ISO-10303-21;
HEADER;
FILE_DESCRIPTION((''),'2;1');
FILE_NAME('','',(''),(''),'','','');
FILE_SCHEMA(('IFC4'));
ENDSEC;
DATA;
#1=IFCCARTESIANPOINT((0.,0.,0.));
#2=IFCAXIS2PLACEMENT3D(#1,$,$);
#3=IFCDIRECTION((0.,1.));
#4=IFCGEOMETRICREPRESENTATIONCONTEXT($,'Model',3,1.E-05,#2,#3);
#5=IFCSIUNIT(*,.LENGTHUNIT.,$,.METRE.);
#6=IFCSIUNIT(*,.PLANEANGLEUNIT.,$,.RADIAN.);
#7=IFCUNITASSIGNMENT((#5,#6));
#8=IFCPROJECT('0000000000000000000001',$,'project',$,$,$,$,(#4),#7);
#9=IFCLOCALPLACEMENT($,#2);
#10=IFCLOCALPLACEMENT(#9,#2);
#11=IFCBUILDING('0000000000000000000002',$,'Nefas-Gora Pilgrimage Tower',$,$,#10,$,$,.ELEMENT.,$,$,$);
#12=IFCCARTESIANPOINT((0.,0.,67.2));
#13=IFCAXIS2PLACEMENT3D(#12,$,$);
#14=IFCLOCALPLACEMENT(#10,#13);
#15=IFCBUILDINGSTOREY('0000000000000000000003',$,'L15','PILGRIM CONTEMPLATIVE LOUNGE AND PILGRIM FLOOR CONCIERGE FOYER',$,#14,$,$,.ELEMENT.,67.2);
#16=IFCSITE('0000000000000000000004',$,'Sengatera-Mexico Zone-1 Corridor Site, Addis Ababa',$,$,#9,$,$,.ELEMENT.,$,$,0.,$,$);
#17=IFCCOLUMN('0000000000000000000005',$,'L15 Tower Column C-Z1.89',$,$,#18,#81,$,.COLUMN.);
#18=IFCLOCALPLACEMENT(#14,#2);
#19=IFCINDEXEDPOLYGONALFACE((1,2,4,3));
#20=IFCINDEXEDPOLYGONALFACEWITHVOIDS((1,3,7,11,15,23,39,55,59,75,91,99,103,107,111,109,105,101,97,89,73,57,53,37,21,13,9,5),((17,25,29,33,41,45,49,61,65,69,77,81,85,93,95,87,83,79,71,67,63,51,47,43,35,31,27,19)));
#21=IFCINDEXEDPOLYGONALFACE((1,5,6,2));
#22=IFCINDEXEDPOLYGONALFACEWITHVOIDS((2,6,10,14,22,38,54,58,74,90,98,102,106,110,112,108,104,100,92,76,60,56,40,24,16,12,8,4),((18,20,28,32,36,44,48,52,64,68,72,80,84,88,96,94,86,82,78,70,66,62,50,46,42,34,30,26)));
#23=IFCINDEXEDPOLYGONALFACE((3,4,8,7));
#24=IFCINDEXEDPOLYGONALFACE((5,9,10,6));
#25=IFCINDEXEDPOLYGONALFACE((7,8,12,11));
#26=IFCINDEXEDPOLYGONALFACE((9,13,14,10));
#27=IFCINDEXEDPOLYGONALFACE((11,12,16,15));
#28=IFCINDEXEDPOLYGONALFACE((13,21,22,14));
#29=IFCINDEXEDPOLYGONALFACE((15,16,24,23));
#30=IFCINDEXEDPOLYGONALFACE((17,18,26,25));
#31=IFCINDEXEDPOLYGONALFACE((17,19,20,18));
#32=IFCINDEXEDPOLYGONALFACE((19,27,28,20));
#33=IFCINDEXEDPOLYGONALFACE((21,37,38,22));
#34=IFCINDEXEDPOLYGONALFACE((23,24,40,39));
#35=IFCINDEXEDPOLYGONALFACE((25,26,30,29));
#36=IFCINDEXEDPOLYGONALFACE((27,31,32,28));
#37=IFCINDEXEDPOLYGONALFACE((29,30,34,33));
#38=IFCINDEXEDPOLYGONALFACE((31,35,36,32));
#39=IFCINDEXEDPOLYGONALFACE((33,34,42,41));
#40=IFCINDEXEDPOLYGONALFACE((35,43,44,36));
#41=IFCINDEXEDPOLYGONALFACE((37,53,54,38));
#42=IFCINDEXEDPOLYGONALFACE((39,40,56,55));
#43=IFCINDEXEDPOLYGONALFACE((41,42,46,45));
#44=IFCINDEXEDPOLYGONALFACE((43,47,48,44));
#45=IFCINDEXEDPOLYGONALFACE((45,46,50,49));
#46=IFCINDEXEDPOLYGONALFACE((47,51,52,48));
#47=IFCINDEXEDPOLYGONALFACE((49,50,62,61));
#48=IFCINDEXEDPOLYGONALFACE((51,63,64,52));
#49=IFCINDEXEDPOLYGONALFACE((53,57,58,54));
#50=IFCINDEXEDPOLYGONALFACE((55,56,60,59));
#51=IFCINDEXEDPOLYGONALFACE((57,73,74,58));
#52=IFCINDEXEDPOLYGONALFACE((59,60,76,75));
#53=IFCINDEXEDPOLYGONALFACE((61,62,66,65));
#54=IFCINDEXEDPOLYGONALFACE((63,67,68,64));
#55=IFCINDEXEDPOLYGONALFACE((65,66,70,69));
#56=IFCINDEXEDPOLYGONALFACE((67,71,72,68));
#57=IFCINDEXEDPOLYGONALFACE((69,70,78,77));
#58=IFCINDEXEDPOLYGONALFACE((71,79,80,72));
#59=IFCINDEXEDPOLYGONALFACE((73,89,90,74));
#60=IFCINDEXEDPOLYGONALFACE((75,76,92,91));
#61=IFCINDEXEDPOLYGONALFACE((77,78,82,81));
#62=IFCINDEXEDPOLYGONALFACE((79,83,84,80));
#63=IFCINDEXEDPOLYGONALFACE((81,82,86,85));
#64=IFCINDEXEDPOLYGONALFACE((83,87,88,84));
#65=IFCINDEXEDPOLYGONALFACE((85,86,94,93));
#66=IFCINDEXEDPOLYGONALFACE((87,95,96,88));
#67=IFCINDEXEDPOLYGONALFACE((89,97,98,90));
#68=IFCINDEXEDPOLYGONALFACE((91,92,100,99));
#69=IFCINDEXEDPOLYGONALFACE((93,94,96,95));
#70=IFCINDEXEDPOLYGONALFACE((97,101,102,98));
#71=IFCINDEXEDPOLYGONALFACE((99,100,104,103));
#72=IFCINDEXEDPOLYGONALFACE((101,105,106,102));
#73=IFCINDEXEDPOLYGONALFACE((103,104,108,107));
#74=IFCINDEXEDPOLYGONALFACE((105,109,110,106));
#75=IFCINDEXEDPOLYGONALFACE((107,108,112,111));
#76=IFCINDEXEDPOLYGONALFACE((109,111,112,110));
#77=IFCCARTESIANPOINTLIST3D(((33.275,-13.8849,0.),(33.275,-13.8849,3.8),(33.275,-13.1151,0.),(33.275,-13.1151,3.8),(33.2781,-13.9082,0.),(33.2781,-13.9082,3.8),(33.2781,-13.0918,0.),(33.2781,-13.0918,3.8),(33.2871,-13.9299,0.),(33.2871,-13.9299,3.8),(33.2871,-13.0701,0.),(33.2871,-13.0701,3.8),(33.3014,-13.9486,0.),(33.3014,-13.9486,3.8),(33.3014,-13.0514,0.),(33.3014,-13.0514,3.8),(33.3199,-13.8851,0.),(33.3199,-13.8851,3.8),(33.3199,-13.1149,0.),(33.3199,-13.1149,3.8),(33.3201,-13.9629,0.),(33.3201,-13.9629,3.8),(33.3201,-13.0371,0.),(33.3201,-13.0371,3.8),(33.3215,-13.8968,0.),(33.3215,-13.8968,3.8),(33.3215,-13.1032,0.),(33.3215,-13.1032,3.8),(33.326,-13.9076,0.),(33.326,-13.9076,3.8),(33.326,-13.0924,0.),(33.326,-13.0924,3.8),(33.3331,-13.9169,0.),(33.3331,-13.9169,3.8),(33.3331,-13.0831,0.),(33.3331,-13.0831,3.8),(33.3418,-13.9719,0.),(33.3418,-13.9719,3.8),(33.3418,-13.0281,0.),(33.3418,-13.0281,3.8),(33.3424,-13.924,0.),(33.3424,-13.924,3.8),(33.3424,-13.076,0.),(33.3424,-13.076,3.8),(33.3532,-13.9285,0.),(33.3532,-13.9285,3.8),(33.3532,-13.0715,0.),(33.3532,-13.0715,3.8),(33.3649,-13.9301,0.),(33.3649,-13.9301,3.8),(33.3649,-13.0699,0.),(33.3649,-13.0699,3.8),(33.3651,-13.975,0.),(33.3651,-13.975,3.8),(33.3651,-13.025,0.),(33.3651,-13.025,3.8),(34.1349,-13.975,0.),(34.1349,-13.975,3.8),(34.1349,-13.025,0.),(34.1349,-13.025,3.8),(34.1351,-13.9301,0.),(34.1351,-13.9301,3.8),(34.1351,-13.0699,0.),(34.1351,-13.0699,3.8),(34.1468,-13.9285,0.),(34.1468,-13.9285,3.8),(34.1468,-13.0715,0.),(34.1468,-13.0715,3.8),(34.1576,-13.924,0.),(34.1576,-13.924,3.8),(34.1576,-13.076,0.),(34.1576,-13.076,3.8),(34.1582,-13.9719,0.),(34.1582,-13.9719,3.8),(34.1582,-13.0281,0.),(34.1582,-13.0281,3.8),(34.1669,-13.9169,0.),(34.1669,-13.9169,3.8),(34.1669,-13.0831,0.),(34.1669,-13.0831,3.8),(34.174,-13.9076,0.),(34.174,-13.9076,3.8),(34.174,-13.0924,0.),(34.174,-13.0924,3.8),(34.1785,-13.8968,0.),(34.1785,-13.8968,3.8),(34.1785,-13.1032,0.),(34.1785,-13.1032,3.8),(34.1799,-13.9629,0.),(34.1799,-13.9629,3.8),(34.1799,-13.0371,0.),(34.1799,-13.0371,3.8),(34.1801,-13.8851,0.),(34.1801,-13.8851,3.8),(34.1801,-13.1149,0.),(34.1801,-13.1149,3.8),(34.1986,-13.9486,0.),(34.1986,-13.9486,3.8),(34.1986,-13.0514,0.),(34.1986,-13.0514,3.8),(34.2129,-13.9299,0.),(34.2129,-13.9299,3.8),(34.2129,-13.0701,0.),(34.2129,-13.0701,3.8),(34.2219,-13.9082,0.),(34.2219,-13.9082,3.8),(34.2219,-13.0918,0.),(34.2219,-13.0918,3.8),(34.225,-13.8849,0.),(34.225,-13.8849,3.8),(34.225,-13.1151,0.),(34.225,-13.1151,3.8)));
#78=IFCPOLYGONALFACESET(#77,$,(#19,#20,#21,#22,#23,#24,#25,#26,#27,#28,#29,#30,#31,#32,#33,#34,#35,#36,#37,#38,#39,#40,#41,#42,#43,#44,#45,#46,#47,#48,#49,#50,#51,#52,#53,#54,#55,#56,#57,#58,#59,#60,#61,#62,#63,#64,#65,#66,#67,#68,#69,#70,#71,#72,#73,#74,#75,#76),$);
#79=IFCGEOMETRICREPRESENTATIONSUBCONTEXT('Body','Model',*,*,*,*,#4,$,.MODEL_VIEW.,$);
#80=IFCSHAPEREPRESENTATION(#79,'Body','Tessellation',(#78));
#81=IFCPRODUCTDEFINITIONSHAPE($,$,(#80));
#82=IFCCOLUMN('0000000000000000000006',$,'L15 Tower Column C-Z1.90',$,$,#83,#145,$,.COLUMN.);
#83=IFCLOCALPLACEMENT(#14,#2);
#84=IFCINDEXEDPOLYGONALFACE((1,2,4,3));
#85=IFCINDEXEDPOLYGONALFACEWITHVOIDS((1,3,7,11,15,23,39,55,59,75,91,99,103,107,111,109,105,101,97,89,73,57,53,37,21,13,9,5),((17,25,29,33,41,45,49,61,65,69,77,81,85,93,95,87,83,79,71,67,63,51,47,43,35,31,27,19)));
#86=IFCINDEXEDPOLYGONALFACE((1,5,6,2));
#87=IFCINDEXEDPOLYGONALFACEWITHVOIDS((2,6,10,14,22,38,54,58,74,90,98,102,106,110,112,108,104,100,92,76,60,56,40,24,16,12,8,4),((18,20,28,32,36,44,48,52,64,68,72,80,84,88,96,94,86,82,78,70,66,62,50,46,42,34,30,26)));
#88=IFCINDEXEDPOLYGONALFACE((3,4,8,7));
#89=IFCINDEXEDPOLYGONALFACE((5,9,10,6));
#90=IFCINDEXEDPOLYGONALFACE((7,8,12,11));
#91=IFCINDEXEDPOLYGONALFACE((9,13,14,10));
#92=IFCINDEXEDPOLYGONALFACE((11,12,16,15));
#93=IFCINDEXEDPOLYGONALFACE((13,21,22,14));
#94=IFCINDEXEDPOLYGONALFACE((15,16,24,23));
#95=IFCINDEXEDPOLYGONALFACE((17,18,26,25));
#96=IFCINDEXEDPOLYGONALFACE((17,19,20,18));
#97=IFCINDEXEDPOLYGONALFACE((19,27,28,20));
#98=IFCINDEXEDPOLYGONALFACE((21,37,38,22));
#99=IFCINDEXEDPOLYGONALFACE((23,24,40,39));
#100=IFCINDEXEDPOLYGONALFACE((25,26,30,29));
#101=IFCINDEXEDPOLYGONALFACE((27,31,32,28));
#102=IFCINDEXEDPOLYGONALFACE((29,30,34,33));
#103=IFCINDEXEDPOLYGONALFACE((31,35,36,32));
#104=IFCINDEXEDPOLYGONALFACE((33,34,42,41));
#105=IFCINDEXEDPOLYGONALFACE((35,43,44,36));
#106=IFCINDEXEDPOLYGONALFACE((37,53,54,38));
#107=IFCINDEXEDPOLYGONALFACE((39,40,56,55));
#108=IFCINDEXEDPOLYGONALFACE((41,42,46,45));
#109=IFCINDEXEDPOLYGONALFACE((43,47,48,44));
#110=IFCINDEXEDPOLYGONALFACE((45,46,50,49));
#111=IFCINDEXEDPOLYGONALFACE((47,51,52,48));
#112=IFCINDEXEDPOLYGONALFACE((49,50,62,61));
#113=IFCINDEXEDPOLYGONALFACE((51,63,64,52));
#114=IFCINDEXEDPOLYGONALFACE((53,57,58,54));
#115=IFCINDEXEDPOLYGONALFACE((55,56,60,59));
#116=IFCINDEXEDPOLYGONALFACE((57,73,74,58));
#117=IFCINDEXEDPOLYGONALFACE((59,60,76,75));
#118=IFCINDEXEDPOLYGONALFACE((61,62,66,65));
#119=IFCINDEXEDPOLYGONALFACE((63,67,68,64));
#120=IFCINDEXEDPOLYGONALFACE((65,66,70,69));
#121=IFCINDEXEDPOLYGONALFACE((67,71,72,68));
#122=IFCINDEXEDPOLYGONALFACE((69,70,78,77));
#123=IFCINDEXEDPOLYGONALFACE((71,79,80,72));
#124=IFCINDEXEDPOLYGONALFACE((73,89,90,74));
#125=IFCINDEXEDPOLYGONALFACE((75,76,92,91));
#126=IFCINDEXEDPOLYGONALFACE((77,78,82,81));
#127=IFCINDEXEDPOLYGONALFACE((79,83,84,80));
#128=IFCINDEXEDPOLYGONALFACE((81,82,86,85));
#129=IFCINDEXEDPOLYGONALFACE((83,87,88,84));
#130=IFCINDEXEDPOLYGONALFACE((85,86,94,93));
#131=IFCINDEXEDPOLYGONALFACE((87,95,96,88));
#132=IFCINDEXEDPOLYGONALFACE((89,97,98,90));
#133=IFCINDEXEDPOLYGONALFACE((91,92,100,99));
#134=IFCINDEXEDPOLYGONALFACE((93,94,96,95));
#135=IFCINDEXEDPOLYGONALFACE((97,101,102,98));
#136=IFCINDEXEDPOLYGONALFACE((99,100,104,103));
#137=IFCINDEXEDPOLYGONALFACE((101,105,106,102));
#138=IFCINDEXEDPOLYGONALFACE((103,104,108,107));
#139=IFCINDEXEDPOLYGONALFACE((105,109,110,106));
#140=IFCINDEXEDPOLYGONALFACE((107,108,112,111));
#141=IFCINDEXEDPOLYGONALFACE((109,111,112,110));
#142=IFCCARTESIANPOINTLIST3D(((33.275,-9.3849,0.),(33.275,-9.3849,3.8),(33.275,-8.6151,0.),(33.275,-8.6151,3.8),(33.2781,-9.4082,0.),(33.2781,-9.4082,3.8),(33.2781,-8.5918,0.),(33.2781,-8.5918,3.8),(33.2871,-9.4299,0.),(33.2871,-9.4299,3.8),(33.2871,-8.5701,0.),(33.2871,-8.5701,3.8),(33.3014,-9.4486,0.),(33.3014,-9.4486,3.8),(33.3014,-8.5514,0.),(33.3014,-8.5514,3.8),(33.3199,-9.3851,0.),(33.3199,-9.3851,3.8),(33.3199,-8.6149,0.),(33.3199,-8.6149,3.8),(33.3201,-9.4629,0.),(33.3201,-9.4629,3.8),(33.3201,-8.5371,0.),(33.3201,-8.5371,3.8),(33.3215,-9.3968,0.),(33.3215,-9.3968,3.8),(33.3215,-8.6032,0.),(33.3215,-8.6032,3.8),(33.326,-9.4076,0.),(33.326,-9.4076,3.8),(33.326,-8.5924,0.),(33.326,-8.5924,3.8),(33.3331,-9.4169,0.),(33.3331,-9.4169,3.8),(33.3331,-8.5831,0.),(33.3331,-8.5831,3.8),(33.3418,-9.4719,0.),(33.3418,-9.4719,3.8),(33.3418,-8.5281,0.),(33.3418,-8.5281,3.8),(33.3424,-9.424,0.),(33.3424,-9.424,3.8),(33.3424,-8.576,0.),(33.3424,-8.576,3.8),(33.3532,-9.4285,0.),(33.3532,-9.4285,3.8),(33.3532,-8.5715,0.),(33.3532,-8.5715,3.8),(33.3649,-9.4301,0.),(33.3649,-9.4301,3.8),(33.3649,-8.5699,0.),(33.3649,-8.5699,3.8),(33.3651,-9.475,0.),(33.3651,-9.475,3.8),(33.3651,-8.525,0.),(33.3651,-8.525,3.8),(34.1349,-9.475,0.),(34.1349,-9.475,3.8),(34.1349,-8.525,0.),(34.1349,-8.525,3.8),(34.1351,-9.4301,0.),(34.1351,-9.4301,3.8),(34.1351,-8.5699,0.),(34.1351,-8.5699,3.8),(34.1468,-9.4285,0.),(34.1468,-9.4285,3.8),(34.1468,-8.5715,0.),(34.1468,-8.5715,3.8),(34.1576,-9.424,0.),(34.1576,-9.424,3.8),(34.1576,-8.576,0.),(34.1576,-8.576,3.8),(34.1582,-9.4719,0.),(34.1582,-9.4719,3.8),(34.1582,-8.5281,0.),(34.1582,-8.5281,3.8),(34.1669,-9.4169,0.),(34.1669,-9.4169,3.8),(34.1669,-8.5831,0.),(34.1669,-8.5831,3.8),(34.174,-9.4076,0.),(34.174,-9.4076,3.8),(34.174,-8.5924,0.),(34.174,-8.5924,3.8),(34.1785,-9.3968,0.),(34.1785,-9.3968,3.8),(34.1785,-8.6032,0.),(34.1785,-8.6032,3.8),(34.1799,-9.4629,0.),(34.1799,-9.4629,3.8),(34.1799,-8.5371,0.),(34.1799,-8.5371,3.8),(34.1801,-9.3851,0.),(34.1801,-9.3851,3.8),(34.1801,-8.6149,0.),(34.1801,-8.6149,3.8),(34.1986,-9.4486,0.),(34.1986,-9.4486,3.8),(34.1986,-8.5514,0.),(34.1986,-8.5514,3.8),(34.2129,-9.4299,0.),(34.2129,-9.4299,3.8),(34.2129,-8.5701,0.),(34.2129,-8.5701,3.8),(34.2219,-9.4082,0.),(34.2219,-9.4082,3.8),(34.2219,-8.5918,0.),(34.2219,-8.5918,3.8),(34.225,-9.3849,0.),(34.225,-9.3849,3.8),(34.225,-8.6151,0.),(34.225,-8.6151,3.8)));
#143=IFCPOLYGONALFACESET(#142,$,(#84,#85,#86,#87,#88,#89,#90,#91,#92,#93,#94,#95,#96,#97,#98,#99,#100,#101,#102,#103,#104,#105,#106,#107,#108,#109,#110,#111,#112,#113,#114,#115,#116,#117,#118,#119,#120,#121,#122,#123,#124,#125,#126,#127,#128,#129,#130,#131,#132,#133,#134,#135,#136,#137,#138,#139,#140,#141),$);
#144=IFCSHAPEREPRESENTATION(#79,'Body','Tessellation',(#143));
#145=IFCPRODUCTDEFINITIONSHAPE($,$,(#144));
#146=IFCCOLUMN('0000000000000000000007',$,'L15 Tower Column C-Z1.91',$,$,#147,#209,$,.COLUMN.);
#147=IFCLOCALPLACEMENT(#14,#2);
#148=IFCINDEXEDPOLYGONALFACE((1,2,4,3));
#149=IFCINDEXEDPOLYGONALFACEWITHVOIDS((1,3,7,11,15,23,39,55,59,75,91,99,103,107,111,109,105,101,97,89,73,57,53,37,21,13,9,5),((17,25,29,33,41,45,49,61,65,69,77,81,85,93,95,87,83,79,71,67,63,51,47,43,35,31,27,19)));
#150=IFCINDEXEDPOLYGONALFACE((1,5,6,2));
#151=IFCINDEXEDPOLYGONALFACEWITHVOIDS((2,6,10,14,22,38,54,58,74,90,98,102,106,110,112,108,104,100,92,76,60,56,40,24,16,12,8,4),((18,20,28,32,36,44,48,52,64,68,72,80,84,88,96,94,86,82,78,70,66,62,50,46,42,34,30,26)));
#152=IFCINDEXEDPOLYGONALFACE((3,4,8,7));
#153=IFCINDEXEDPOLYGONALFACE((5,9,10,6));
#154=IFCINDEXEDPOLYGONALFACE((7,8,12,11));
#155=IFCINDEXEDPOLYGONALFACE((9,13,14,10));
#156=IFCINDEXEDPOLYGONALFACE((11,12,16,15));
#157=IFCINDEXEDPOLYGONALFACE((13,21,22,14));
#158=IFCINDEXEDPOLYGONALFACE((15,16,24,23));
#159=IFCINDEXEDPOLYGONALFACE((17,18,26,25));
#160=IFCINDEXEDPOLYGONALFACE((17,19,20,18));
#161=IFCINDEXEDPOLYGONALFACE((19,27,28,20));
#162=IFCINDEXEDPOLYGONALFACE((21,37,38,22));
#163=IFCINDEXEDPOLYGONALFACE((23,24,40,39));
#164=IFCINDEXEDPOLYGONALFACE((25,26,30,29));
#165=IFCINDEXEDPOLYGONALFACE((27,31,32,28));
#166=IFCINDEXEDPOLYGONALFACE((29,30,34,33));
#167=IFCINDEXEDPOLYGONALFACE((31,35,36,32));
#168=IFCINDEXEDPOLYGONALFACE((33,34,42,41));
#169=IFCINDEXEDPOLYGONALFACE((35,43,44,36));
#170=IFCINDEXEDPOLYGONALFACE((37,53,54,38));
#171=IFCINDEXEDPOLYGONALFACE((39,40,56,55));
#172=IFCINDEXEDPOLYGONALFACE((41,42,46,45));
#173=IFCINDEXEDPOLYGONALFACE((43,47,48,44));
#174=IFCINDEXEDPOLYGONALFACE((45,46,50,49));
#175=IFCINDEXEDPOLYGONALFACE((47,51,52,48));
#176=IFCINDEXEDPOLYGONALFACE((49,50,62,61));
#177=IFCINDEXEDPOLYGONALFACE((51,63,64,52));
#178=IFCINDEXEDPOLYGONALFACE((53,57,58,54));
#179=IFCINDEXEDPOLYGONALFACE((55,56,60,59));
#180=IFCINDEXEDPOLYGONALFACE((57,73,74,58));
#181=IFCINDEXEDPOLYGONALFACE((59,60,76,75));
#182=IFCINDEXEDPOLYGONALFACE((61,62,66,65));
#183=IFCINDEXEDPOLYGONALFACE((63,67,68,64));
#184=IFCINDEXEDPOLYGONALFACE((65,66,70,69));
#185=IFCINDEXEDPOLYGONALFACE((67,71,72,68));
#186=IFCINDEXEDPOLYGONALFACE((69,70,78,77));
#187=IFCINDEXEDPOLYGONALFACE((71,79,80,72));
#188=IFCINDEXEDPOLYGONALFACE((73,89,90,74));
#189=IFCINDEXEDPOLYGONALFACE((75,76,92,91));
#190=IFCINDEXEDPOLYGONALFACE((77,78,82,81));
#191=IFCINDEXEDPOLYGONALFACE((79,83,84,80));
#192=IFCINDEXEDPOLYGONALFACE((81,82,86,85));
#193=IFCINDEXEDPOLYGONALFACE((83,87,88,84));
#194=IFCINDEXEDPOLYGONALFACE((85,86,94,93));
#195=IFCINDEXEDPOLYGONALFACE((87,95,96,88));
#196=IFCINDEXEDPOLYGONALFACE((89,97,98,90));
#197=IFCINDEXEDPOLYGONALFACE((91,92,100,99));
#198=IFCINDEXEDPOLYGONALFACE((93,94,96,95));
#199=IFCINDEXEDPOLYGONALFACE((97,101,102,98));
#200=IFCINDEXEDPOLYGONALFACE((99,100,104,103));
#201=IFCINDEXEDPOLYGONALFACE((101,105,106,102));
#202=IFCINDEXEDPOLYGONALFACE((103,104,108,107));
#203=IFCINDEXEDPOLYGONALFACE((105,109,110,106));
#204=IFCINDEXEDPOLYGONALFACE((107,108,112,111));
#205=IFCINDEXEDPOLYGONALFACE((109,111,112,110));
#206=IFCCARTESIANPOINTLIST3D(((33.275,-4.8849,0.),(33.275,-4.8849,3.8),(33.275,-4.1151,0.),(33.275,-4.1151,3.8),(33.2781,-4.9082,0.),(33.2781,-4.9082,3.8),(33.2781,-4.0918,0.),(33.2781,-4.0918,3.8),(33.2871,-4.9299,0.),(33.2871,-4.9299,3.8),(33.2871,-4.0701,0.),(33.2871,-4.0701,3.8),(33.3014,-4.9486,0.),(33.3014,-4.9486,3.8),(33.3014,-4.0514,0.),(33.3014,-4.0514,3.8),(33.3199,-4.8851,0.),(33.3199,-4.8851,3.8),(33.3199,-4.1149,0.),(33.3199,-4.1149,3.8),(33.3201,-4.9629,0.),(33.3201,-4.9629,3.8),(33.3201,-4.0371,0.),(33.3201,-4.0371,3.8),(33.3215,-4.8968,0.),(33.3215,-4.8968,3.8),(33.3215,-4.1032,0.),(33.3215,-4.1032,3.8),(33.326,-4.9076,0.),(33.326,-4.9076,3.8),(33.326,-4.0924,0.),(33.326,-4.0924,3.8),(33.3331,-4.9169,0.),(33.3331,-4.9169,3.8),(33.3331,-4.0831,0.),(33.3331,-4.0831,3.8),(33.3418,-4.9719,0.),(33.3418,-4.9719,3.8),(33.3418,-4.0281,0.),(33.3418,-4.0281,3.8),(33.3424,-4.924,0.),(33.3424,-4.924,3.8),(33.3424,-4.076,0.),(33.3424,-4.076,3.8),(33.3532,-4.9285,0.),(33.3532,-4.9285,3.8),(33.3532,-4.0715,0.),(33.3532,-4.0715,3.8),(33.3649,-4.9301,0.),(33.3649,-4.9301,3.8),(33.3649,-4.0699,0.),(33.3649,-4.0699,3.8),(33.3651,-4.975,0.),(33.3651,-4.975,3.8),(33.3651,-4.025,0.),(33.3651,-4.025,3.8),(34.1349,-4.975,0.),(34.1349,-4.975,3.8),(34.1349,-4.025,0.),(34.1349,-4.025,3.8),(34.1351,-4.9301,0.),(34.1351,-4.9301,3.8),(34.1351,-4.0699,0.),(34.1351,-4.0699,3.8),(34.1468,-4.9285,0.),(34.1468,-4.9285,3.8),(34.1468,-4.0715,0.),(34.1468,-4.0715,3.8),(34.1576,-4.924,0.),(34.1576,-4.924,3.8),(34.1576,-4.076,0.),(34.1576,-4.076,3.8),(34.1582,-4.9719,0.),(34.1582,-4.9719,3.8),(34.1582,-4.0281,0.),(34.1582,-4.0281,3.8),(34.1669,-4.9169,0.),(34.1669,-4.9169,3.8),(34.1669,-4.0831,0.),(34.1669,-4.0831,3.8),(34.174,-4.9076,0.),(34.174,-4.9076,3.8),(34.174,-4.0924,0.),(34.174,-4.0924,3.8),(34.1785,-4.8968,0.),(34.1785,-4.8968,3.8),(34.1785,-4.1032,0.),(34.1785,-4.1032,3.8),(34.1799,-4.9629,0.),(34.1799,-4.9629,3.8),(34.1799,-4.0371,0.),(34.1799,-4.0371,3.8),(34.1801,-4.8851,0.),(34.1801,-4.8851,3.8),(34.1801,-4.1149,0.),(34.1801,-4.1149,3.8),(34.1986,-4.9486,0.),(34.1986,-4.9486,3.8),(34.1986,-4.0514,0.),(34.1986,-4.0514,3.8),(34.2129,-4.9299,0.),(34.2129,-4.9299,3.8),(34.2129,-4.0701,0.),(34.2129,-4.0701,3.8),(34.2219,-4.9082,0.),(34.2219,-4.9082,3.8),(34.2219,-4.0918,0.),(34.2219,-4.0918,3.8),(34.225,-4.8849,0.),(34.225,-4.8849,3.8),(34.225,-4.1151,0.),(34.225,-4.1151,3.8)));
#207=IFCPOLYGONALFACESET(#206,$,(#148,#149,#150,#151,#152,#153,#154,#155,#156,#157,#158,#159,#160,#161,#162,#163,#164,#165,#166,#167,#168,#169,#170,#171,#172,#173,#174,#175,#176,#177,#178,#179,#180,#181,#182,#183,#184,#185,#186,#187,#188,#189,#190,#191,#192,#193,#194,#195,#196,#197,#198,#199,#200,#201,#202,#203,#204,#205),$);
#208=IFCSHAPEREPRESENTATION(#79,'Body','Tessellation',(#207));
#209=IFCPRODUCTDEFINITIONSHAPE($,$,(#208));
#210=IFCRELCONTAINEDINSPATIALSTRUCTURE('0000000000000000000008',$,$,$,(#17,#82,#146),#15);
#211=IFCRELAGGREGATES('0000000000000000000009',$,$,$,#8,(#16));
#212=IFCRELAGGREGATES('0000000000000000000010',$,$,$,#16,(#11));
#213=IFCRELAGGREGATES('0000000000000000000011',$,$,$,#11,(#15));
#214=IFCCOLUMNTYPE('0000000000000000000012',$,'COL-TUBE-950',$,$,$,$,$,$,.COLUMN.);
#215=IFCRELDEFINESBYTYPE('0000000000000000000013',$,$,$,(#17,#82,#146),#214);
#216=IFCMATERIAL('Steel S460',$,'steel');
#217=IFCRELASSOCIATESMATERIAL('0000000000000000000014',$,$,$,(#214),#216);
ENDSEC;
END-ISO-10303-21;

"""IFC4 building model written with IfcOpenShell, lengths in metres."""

from ifc_helpers import new_model, si_unit, direction, frame, origin, origin_2d, place, context, subcontext, project, spatial, hollow_rectangle, extrude, source, transform, mapped, material, material_profile, profile_set, type_object, element, save


model = new_model("IFC4")

# Units and contexts
model_context = context("Model", 3, precision=1e-05, world=origin(), true_north=direction((0.0, 1.0)))
body_context = subcontext(model_context, "Body", "Model", "MODEL_VIEW")
ifc_project = project(units=[si_unit("LENGTHUNIT", "METRE"), si_unit("PLANEANGLEUNIT", "RADIAN")], contexts=[model_context])

# Site, building, storey
site_placement = place(None, origin())
site = spatial("IfcSite", under=ifc_project, at=site_placement, Name="Sengatera-Mexico Zone-1 Corridor Site, Addis Ababa", CompositionType="ELEMENT", RefElevation=0.0)
building_placement = place(site_placement, origin())
building = spatial("IfcBuilding", under=site, at=building_placement, Name="Nefas-Gora Pilgrimage Tower", CompositionType="ELEMENT")
storey_placement = place(building_placement, frame((0.0, 0.0, 67.2)))
storey = spatial("IfcBuildingStorey", under=building, at=storey_placement, Name="L15", Description="PILGRIM CONTEMPLATIVE LOUNGE AND PILGRIM FLOOR CONCIERGE FOYER", CompositionType="ELEMENT", Elevation=67.2)

# Columns
ifc_material_1 = material(Name="Steel S460", Category="steel")
ifc_material_profile_1 = material_profile(ifc_material_1, hollow_rectangle(XDim=0.95, YDim=0.95, WallThickness=0.0449, InnerFilletRadius=0.0449, OuterFilletRadius=0.0901, at=origin_2d()), Name="BOX 950x950x45")
ifc_profile_set_1 = profile_set([ifc_material_profile_1], Name="Steel S460")
column_type_1 = type_object("IfcColumnType", Name="COL-TUBE-950", PredefinedType="COLUMN", material=ifc_profile_set_1)
shared_shape_1 = source(origin(), body_context, "Body", "SweptSolid", [
    extrude(hollow_rectangle(XDim=0.95, YDim=0.95, WallThickness=0.0449, InnerFilletRadius=0.0449, OuterFilletRadius=0.0901, at=origin_2d()), origin(), (0.0, 0.0, 1.0), 3.8),
])
for number, where, z_axis, x_axis, name in (
    (1, (33.75, -13.5, 0.0), (0.0, 0.0, 1.0), (1.0, 0.0, 0.0), "L15 Tower Column C-Z1.89"),
    (2, (33.75, -9.0, 0.0), (0.0, 0.0, 1.0), (1.0, 0.0, 0.0), "L15 Tower Column C-Z1.90"),
    (3, (33.75, -4.5, 0.0), (0.0, 0.0, 1.0), (1.0, 0.0, 0.0), "L15 Tower Column C-Z1.91"),
):
    element("IfcColumn", number, at=place(storey_placement, frame(where, z_axis=z_axis, x_axis=x_axis)), inside=storey, type_object=column_type_1, Name=name, PredefinedType="COLUMN", context=body_context, shape_type="MappedRepresentation", body=[
        mapped(shared_shape_1, transform((0.0, 0.0, 0.0), x_axis=(1.0, 0.0, 0.0), y_axis=(0.0, 1.0, 0.0), z_axis=(0.0, 0.0, 1.0), scale=1.0)),
    ])

save(model, "model.ifc")
